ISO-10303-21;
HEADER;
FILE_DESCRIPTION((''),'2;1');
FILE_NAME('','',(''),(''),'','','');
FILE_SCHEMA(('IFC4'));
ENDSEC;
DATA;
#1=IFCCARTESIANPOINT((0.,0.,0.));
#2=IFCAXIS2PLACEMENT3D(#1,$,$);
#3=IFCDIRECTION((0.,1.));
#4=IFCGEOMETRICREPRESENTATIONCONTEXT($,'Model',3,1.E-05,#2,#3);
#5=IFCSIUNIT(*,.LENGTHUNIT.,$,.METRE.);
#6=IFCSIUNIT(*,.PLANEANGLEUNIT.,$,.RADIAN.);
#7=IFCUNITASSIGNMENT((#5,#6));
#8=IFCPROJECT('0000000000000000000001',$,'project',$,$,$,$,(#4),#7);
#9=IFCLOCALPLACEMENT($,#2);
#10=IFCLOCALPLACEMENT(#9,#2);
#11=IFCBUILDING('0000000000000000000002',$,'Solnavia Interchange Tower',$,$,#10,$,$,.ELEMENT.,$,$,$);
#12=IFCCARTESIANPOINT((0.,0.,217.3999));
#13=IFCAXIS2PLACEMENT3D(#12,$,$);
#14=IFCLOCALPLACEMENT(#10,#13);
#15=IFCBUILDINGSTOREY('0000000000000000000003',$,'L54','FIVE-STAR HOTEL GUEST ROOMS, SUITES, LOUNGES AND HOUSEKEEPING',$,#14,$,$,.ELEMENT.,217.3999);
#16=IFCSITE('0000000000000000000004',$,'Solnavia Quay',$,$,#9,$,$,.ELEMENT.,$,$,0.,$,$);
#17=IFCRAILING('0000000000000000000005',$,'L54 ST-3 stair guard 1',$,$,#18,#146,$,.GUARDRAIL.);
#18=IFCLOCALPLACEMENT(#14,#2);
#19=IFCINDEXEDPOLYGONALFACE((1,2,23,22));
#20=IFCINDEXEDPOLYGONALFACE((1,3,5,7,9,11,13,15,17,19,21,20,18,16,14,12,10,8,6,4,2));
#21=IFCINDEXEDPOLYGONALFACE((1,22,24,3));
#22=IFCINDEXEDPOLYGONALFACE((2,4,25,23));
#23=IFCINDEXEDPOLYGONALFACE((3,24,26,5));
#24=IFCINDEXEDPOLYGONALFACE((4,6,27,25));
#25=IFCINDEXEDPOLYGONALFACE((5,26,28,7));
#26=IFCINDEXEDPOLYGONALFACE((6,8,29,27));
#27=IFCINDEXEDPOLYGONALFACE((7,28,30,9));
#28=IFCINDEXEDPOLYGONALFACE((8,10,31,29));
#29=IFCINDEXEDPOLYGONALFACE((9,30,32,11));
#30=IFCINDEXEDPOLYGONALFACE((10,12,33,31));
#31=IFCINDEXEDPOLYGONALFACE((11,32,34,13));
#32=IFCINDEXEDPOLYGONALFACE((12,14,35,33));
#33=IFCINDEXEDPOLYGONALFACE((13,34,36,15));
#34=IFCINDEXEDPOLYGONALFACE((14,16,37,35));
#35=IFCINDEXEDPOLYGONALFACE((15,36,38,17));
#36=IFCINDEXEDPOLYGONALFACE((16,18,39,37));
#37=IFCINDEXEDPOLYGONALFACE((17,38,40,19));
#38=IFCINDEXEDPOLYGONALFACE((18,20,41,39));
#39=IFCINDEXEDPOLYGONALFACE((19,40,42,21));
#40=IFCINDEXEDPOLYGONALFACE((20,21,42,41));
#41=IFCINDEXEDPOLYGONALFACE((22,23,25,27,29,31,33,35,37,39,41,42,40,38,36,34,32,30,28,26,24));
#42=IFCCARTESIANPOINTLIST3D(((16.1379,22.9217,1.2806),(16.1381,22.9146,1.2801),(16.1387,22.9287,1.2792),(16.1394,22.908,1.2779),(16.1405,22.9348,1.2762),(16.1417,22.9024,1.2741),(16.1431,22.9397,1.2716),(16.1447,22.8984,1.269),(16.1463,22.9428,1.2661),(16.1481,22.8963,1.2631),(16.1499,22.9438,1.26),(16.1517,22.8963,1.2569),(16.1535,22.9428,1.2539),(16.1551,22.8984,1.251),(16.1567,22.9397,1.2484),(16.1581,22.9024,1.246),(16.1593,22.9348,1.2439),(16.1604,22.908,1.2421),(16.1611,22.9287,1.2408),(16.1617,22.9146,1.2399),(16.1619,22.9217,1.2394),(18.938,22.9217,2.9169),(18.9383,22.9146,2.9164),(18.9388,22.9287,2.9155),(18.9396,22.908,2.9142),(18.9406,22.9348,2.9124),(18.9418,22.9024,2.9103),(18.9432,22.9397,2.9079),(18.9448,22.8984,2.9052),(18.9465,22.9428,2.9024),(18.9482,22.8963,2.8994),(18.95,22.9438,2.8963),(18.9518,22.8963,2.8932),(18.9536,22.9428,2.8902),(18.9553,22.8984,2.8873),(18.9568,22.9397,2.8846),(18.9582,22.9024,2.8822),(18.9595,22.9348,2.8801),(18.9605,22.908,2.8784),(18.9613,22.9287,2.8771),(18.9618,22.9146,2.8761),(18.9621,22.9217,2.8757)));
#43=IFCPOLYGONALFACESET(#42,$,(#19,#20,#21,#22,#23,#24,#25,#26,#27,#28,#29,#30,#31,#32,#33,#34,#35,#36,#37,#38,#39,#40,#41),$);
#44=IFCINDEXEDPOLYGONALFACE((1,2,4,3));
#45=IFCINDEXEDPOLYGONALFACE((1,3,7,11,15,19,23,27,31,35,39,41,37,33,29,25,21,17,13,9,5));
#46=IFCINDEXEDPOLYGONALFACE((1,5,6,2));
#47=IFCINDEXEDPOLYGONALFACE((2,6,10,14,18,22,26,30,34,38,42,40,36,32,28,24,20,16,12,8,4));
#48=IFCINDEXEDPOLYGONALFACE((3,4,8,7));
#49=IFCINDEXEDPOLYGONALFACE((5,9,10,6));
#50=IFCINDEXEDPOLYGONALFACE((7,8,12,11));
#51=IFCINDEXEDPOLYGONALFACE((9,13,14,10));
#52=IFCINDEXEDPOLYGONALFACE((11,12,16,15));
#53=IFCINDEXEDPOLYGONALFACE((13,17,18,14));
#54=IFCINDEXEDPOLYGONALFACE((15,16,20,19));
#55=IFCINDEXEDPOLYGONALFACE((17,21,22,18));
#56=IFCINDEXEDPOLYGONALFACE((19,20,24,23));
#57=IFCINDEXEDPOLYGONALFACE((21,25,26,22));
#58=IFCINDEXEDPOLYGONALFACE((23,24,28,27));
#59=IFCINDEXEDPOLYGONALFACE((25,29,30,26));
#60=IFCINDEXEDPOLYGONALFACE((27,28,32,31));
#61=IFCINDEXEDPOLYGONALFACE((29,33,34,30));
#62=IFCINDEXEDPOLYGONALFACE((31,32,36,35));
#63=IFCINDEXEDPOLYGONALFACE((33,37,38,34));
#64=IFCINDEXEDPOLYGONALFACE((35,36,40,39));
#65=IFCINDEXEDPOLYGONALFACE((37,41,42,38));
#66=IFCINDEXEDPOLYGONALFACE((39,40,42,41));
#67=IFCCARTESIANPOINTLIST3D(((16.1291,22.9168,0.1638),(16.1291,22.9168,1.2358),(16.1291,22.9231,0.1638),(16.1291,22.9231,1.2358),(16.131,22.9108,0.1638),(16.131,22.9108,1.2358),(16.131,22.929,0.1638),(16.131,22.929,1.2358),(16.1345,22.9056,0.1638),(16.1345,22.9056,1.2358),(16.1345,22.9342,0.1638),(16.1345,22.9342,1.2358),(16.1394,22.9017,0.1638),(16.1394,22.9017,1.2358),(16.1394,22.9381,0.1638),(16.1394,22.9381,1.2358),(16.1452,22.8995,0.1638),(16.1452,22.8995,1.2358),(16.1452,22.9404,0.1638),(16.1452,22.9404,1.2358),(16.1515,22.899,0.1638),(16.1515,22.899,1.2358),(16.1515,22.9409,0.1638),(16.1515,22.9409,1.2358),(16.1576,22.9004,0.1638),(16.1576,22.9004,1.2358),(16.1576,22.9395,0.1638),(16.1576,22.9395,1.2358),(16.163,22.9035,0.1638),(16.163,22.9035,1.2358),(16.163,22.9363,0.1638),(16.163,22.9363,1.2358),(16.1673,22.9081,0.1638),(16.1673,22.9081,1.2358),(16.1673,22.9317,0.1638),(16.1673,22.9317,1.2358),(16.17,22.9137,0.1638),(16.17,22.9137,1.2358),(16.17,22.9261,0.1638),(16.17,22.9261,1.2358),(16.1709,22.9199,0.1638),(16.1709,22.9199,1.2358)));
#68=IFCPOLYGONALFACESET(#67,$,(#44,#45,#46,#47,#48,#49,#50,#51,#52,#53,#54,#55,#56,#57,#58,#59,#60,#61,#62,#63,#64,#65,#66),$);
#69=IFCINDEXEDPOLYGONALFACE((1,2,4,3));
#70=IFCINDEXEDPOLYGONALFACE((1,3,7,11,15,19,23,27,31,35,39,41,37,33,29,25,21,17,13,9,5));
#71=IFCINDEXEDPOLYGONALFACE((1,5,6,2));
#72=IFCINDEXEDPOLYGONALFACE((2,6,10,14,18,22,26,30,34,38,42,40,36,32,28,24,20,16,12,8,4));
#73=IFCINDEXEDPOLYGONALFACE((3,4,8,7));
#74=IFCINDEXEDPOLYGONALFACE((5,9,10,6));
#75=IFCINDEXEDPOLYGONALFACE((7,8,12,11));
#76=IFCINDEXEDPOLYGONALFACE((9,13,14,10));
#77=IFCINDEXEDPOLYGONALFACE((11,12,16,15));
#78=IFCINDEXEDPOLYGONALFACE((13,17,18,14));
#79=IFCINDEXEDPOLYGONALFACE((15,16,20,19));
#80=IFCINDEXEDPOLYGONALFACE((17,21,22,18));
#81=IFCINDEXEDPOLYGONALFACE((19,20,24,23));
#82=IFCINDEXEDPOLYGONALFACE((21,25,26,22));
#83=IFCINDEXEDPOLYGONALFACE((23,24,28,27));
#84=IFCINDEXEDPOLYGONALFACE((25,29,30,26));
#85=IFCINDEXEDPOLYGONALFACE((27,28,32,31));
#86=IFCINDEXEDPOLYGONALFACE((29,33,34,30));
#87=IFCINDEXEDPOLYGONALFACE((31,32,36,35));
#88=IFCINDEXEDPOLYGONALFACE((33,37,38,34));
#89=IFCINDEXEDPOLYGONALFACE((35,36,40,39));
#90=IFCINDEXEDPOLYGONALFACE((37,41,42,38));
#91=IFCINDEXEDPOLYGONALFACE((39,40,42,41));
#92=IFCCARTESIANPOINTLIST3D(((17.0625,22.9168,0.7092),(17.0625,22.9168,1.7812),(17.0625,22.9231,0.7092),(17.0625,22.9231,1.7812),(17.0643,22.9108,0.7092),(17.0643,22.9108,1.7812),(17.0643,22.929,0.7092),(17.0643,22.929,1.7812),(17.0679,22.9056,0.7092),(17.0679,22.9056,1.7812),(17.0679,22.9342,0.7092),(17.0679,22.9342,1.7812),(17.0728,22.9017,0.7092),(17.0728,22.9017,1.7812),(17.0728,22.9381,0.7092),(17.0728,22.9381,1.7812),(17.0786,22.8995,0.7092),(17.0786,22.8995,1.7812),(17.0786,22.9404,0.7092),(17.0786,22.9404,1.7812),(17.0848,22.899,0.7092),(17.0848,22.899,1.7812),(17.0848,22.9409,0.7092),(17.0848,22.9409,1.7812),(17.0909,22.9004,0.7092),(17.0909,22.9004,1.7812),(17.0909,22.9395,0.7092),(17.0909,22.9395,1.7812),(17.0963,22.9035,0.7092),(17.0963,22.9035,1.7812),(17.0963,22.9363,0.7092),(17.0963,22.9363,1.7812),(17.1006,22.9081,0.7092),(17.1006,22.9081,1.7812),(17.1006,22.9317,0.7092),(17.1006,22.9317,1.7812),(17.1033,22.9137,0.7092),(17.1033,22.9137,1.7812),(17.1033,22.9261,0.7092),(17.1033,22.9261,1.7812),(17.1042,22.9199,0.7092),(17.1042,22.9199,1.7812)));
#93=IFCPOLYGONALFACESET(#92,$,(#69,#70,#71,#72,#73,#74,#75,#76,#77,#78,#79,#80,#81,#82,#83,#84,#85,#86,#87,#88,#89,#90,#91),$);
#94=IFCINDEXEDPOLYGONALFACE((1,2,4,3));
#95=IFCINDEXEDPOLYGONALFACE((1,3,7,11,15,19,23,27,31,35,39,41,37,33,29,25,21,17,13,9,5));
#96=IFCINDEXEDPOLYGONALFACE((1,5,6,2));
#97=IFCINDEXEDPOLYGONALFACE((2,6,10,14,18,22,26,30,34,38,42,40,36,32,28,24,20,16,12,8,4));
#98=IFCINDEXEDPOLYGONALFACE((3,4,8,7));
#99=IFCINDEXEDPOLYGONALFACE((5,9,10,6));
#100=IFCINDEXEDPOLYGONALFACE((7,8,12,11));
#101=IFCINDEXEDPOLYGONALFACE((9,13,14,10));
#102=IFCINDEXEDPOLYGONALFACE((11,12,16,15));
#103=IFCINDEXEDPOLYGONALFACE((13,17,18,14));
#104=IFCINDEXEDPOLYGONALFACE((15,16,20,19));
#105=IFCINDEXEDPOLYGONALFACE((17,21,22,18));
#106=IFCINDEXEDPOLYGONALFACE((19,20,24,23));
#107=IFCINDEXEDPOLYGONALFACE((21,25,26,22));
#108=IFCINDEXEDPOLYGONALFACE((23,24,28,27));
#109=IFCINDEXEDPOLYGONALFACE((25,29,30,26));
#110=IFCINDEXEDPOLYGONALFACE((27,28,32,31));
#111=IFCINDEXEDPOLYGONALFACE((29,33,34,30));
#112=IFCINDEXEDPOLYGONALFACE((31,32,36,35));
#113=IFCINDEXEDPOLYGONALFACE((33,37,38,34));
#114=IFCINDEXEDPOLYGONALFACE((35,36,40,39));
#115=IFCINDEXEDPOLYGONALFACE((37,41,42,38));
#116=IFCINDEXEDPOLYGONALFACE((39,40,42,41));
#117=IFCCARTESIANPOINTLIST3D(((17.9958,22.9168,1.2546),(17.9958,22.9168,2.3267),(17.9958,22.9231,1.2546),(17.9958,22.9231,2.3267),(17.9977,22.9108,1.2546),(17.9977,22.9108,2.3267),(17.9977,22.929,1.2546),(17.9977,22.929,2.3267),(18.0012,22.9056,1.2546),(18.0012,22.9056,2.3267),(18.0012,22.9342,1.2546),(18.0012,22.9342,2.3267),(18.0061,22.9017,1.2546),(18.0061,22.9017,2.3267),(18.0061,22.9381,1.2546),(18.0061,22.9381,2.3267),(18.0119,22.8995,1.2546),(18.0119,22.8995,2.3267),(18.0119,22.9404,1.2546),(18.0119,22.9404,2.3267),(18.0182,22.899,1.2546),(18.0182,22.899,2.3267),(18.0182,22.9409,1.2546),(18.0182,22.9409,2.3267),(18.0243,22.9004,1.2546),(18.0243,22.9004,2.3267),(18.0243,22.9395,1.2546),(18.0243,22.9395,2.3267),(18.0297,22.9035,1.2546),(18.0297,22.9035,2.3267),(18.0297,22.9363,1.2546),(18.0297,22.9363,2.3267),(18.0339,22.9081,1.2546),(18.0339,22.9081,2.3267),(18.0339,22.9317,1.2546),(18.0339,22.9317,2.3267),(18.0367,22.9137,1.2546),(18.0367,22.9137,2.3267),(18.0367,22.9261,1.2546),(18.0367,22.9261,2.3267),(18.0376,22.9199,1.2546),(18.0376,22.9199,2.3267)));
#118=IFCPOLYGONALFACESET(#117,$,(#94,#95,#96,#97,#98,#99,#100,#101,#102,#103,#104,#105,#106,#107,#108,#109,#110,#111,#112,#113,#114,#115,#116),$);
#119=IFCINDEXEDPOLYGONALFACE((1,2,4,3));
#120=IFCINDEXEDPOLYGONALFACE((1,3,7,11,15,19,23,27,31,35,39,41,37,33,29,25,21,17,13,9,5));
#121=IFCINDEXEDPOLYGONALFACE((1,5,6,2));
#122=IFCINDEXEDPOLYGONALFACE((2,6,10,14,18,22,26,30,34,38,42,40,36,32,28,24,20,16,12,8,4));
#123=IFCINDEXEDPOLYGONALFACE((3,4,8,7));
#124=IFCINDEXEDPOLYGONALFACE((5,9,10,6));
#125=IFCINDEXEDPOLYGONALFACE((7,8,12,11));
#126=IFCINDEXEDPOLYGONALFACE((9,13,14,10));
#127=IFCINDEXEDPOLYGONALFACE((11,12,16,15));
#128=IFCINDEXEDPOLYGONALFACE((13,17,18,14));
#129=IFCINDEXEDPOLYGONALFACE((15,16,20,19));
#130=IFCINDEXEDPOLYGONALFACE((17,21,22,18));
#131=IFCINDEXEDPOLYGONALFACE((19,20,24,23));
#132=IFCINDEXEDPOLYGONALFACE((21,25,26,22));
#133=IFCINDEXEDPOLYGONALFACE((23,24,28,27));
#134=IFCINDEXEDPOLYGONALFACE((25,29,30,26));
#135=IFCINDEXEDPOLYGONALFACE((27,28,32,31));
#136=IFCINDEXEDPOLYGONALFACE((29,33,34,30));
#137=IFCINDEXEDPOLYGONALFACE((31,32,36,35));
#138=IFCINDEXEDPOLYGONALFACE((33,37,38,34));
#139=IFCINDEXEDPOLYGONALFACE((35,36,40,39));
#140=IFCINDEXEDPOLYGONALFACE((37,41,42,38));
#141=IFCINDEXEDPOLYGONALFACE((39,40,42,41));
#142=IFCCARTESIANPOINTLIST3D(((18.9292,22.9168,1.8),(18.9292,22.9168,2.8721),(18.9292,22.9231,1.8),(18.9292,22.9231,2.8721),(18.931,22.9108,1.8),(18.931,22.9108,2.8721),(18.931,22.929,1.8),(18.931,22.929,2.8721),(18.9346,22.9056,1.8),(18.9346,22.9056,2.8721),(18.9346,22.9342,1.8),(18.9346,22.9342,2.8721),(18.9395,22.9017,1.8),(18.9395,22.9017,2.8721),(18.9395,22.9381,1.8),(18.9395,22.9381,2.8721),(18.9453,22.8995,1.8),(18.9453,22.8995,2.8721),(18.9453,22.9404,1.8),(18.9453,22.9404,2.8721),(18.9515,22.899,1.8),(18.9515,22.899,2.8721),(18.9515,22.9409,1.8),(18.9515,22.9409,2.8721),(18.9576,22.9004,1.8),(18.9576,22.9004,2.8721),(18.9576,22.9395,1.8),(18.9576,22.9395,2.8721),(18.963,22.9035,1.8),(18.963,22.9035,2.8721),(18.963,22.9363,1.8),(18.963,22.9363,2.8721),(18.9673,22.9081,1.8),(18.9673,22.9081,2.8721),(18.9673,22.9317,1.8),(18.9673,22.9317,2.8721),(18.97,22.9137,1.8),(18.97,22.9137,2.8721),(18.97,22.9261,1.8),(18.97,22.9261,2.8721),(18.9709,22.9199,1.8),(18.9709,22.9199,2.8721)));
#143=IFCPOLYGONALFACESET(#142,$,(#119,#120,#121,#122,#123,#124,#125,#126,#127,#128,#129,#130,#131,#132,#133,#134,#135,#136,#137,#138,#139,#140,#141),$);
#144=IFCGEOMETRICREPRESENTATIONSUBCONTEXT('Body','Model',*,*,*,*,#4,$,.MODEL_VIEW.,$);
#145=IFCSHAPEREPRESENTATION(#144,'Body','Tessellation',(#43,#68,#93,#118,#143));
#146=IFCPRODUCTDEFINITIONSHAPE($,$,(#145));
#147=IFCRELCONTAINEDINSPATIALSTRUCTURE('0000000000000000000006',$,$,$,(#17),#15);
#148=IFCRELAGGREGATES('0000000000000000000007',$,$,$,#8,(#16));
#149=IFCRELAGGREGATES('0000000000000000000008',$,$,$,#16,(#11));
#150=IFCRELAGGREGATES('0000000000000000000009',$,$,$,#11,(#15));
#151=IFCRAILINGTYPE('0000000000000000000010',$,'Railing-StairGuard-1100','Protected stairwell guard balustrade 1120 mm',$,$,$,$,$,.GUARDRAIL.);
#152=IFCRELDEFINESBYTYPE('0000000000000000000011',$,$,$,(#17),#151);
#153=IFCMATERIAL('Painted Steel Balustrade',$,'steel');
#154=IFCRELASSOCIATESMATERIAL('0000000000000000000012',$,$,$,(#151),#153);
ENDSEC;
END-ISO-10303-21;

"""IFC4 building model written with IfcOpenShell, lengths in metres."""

from ifc_helpers import new_model, si_unit, direction, frame, origin, origin_2d, place, context, subcontext, project, spatial, circle, extrude, material, type_object, element, save


model = new_model("IFC4")

# Units and contexts
model_context = context("Model", 3, precision=1e-05, world=origin(), true_north=direction((0.0, 1.0)))
body_context = subcontext(model_context, "Body", "Model", "MODEL_VIEW")
ifc_project = project(units=[si_unit("LENGTHUNIT", "METRE"), si_unit("PLANEANGLEUNIT", "RADIAN")], contexts=[model_context])

# Site, building, storey
site_placement = place(None, origin())
site = spatial("IfcSite", under=ifc_project, at=site_placement, Name="Solnavia Quay", CompositionType="ELEMENT", RefElevation=0.0)
building_placement = place(site_placement, origin())
building = spatial("IfcBuilding", under=site, at=building_placement, Name="Solnavia Interchange Tower", CompositionType="ELEMENT")
storey_placement = place(building_placement, frame((0.0, 0.0, 217.3999)))
storey = spatial("IfcBuildingStorey", under=building, at=storey_placement, Name="L54", Description="FIVE-STAR HOTEL GUEST ROOMS, SUITES, LOUNGES AND HOUSEKEEPING", CompositionType="ELEMENT", Elevation=217.3999)

# Railing
ifc_material_1 = material(Name="Painted Steel Balustrade", Category="steel")
railing_type_1 = type_object("IfcRailingType", Name="Railing-StairGuard-1100", Description="Protected stairwell guard balustrade 1120 mm", PredefinedType="GUARDRAIL", material=ifc_material_1)
railing_1_placement = place(storey_placement, frame((16.1499, 22.9199, 0.1638)))
element("IfcRailing", 1, at=railing_1_placement, inside=storey, type_object=railing_type_1, Name="L54 ST-3 stair guard 1", PredefinedType="GUARDRAIL", context=body_context, shape_type="SweptSolid", body=[
    extrude(circle(Radius=0.0239, at=origin_2d()), frame((0.0, 0.0, 1.0962), z_axis=(0.863394, 0.0, 0.504531), x_axis=(0.0, 1.0, 0.0)), (0.0, 0.0, 1.0), 3.2432),
    extrude(circle(Radius=0.021, at=origin_2d()), origin(), (0.0, 0.0, 1.0), 1.072),
    extrude(circle(Radius=0.021, at=origin_2d()), frame((0.9333, 0.0, 0.5454)), (0.0, 0.0, 1.0), 1.072),
    extrude(circle(Radius=0.021, at=origin_2d()), frame((1.8667, 0.0, 1.0908)), (0.0, 0.0, 1.0), 1.072),
    extrude(circle(Radius=0.021, at=origin_2d()), frame((2.8, 0.0, 1.6362)), (0.0, 0.0, 1.0), 1.072),
])

save(model, "model.ifc")
